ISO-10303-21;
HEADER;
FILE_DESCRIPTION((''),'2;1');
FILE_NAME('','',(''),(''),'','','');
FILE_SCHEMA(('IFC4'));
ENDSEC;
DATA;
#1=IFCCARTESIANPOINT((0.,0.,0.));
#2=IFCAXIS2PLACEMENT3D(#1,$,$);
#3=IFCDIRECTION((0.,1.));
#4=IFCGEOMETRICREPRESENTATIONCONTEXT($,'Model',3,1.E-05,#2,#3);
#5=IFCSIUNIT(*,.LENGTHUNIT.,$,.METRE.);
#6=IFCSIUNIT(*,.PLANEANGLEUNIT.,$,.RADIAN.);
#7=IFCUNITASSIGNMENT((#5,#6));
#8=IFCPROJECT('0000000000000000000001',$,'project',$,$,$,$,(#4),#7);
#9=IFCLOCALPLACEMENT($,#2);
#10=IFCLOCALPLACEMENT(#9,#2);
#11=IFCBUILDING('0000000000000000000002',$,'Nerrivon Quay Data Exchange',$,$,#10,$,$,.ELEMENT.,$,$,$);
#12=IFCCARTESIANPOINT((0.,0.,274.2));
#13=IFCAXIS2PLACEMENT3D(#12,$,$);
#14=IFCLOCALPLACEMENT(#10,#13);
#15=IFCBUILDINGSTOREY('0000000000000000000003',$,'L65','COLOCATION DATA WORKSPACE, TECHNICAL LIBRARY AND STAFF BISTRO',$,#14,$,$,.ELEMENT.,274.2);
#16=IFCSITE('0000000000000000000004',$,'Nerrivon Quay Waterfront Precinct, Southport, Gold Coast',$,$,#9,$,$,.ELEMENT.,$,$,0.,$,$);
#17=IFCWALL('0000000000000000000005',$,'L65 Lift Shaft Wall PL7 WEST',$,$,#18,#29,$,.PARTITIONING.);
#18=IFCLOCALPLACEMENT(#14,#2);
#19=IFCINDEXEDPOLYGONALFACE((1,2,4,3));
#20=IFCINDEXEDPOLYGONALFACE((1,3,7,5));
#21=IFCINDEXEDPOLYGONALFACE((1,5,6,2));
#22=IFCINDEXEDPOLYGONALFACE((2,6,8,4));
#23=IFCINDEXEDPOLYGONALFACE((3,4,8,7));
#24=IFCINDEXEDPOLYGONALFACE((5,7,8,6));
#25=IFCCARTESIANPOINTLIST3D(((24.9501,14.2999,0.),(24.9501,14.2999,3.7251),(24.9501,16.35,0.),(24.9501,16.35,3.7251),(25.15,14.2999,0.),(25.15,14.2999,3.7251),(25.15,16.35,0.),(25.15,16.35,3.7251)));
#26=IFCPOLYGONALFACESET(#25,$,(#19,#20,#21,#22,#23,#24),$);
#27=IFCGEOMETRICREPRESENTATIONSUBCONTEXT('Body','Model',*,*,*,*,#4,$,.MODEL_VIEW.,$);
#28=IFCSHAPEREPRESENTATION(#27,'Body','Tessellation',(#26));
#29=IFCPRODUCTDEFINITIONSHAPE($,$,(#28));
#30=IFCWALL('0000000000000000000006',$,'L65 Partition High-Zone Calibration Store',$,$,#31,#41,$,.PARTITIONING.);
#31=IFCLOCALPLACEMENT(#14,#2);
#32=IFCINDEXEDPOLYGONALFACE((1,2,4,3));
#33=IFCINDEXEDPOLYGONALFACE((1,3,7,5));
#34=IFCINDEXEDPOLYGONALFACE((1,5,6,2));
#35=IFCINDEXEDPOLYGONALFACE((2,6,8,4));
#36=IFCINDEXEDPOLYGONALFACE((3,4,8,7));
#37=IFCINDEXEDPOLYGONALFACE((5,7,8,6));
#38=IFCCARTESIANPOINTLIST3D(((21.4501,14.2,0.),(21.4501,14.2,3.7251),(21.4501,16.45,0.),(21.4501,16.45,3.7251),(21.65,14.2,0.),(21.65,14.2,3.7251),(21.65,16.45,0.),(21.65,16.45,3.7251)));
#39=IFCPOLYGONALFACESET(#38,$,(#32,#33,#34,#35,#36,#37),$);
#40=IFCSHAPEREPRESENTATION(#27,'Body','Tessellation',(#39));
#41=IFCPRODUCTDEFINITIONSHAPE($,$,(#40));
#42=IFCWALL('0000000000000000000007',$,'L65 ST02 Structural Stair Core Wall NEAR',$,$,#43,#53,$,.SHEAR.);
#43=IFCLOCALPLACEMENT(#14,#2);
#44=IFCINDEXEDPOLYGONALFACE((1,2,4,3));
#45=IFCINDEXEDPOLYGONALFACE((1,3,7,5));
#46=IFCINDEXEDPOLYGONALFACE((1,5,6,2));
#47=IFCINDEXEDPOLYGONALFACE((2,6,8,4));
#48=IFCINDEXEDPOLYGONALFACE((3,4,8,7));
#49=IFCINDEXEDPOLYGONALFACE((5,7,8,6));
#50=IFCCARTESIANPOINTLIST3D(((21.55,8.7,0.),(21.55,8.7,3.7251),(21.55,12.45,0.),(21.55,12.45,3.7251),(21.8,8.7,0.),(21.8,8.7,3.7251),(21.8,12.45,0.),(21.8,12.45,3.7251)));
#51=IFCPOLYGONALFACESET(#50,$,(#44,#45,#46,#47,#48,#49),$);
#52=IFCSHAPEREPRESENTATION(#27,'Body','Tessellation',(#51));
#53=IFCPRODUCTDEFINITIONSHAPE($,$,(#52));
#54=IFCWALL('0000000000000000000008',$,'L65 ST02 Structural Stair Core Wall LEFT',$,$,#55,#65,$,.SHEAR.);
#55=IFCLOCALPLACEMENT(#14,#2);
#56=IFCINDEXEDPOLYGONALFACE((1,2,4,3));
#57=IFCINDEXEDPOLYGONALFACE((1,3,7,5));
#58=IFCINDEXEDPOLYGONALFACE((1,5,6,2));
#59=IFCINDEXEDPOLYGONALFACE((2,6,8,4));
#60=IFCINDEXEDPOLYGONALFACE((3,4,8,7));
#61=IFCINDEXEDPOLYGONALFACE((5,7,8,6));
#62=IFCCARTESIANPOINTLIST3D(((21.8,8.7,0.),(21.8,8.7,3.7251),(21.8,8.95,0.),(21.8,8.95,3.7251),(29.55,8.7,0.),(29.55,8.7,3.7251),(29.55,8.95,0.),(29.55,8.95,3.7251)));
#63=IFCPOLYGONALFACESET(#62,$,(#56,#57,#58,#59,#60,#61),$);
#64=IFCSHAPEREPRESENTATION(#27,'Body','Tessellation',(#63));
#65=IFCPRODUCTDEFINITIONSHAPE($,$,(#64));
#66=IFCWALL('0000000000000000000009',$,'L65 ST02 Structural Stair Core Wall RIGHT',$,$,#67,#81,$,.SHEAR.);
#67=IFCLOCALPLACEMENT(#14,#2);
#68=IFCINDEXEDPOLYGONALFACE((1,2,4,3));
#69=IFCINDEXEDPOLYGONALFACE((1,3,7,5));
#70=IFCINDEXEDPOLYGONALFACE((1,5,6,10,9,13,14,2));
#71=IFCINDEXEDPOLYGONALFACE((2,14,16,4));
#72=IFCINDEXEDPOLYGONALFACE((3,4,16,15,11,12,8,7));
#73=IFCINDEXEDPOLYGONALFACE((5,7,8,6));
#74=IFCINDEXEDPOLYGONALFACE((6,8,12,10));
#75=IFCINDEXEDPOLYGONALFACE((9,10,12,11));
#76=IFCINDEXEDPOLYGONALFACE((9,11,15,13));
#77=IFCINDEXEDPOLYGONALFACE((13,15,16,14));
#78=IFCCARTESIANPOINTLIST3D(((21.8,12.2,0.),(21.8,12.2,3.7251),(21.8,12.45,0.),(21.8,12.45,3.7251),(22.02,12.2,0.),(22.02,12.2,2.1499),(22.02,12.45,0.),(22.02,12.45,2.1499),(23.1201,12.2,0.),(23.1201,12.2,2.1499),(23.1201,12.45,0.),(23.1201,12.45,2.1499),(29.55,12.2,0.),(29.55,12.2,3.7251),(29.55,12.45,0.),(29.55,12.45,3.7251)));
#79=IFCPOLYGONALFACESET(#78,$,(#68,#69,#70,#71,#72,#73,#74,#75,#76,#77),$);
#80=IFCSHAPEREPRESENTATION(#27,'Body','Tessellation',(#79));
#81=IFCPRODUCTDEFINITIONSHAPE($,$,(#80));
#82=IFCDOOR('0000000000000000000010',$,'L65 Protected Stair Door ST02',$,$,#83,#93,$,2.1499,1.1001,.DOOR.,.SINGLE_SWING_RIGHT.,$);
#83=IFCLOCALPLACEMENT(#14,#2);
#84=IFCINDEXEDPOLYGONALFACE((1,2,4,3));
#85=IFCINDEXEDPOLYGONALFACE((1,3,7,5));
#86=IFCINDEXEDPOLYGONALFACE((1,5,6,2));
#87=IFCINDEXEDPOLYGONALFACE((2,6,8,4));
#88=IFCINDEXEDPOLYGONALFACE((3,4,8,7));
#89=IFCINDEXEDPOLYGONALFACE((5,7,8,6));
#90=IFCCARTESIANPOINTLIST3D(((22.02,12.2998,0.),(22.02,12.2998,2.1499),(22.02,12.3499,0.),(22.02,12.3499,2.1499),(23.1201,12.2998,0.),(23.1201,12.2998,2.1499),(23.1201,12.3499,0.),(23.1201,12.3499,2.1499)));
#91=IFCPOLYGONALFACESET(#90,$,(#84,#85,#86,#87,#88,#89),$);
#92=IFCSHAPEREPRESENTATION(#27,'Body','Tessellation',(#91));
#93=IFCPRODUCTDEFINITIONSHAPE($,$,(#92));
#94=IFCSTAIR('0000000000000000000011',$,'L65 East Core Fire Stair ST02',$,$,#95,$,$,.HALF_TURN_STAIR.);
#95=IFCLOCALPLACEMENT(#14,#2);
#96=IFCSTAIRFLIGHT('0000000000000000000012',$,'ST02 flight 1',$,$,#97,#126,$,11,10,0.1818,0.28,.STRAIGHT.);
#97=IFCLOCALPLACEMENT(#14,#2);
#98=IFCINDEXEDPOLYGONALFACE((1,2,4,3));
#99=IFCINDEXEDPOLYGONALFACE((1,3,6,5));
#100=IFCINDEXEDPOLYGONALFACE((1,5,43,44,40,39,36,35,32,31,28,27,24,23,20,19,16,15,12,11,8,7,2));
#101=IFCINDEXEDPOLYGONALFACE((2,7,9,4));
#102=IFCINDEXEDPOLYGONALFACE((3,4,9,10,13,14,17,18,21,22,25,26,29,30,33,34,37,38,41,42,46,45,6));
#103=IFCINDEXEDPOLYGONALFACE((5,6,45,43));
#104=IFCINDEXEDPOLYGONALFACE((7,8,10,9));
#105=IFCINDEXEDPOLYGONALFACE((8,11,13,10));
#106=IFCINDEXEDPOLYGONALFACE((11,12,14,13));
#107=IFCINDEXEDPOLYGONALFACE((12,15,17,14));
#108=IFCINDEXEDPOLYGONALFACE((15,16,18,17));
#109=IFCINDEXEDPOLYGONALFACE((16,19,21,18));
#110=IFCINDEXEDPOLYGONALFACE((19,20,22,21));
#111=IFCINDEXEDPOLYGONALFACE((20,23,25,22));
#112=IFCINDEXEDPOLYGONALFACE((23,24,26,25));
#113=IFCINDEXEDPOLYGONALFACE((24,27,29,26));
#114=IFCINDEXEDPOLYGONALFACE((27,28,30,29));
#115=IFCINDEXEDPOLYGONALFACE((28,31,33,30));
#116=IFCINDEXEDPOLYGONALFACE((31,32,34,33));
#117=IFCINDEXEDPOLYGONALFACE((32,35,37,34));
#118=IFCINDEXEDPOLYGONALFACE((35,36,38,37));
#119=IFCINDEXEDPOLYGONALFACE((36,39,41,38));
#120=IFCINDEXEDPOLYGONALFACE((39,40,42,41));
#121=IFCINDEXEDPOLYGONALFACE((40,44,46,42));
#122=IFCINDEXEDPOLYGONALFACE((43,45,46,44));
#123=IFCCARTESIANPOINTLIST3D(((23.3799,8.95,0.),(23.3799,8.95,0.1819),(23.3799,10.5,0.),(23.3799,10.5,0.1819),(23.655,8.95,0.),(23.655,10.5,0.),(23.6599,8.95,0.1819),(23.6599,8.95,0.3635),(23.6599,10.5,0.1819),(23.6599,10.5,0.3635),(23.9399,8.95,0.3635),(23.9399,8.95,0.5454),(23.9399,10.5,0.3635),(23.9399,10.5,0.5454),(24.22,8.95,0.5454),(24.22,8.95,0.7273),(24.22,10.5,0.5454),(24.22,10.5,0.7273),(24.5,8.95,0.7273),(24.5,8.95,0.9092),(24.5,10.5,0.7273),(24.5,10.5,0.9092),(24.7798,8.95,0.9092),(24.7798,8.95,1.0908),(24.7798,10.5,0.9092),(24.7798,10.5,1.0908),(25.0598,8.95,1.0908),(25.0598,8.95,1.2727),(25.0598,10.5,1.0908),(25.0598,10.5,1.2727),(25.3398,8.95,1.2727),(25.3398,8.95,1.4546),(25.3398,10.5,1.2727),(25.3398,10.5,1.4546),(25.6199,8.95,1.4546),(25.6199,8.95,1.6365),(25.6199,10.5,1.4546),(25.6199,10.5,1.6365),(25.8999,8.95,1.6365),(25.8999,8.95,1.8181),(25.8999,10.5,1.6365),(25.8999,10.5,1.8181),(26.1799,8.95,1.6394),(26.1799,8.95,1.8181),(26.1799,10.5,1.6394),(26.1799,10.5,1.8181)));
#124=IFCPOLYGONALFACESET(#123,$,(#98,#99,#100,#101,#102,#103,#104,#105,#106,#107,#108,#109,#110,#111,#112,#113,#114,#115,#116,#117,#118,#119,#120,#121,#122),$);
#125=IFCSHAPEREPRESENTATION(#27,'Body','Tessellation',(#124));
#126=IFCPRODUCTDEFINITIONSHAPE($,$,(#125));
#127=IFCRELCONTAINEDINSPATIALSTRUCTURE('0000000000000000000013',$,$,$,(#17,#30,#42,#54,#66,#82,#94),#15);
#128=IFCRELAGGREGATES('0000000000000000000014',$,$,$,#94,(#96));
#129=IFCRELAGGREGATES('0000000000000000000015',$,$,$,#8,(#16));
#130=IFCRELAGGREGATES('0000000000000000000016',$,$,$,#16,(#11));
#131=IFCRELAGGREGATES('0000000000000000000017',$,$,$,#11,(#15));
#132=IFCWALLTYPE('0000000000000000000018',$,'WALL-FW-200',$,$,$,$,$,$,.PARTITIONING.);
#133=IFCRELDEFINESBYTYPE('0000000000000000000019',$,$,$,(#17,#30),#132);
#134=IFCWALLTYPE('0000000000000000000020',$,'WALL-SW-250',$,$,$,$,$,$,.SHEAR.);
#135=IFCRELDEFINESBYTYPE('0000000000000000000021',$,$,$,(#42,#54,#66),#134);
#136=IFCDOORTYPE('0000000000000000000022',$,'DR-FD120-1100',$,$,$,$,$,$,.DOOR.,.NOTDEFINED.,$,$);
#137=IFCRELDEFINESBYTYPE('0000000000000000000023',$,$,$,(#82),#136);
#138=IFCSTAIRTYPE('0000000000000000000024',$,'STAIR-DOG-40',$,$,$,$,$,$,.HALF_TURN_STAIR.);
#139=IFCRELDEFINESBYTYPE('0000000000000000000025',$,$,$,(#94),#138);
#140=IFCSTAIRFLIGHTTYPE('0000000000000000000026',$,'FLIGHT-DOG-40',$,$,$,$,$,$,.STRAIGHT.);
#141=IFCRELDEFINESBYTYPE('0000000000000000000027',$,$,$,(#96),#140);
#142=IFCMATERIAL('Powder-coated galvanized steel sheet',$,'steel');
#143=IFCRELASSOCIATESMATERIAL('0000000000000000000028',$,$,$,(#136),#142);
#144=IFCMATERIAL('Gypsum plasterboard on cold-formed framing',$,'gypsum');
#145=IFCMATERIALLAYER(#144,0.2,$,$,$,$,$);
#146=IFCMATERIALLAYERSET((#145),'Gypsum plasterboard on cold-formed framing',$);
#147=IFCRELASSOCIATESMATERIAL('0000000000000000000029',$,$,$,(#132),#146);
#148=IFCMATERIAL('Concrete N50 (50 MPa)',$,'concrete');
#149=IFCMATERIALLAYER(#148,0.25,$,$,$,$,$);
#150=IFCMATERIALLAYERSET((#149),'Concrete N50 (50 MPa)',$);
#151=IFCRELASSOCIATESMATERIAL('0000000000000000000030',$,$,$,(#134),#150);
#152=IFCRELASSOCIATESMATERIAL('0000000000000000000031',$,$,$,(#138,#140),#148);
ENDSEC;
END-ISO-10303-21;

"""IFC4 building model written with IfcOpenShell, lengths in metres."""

from ifc_helpers import new_model, si_unit, direction, frame, frame_2d, origin, place, context, subcontext, project, spatial, polyline, rectangle, outline, extrude, material, layer, layer_set, type_object, element, fill, aggregate, save


model = new_model("IFC4")

# Units and contexts
model_context = context("Model", 3, precision=1e-05, world=origin(), true_north=direction((0.0, 1.0)))
body_context = subcontext(model_context, "Body", "Model", "MODEL_VIEW")
ifc_project = project(units=[si_unit("LENGTHUNIT", "METRE"), si_unit("PLANEANGLEUNIT", "RADIAN")], contexts=[model_context])

# Site, building, storey
site_placement = place(None, origin())
site = spatial("IfcSite", under=ifc_project, at=site_placement, Name="Nerrivon Quay Waterfront Precinct, Southport, Gold Coast", CompositionType="ELEMENT", RefElevation=0.0)
building_placement = place(site_placement, origin())
building = spatial("IfcBuilding", under=site, at=building_placement, Name="Nerrivon Quay Data Exchange", CompositionType="ELEMENT")
storey_placement = place(building_placement, frame((0.0, 0.0, 274.2)))
storey = spatial("IfcBuildingStorey", under=building, at=storey_placement, Name="L65", Description="COLOCATION DATA WORKSPACE, TECHNICAL LIBRARY AND STAFF BISTRO", CompositionType="ELEMENT", Elevation=274.2)

# Shared definitions
ifc_material_1 = material(Name="Concrete N50 (50 MPa)", Category="concrete")

# Shared definitions
ifc_material_2 = material(Name="Powder-coated galvanized steel sheet", Category="steel")
door_type_1 = type_object("IfcDoorType", Name="DR-FD120-1100", OperationType="NOTDEFINED", PredefinedType="DOOR", material=ifc_material_2)

# Shared definitions
ifc_material_3 = material(Name="Gypsum plasterboard on cold-formed framing", Category="gypsum")
ifc_layer_1 = layer(ifc_material_3, 0.2)
ifc_layer_set_1 = layer_set([ifc_layer_1], Name="Gypsum plasterboard on cold-formed framing")
wall_type_1 = type_object("IfcWallType", Name="WALL-FW-200", PredefinedType="PARTITIONING", material=ifc_layer_set_1)

# Walls
wall_1_placement = place(storey_placement, frame((25.05, 14.3, 0.0), z_axis=(0.0, 0.0, 1.0), x_axis=(0.0, 1.0, 0.0)))
element("IfcWall", 1, at=wall_1_placement, inside=storey, type_object=wall_type_1, Name="L65 Lift Shaft Wall PL7 WEST", PredefinedType="PARTITIONING", context=body_context, shape_type="SweptSolid", body=[
    extrude(rectangle(XDim=2.05, YDim=0.2, at=frame_2d((1.0249, 0.0))), origin(), (0.0, 0.0, 1.0), 3.7251),
])
wall_2_placement = place(storey_placement, frame((21.55, 14.2, 0.0), z_axis=(0.0, 0.0, 1.0), x_axis=(0.0, 1.0, 0.0)))
element("IfcWall", 2, at=wall_2_placement, inside=storey, type_object=wall_type_1, Name="L65 Partition High-Zone Calibration Store", PredefinedType="PARTITIONING", context=body_context, shape_type="SweptSolid", body=[
    extrude(rectangle(XDim=2.25, YDim=0.2, at=frame_2d((1.125, 0.0))), origin(), (0.0, 0.0, 1.0), 3.7251),
])

# Walls
ifc_layer_2 = layer(ifc_material_1, 0.25)
ifc_layer_set_2 = layer_set([ifc_layer_2], Name="Concrete N50 (50 MPa)")
wall_type_2 = type_object("IfcWallType", Name="WALL-SW-250", PredefinedType="SHEAR", material=ifc_layer_set_2)
wall_3_placement = place(storey_placement, frame((21.675, 8.7, 0.0), z_axis=(0.0, 0.0, 1.0), x_axis=(0.0, 1.0, 0.0)))
element("IfcWall", 3, at=wall_3_placement, inside=storey, type_object=wall_type_2, Name="L65 ST02 Structural Stair Core Wall NEAR", PredefinedType="SHEAR", context=body_context, shape_type="SweptSolid", body=[
    extrude(rectangle(XDim=3.75, YDim=0.25, at=frame_2d((1.875, 0.0))), origin(), (0.0, 0.0, 1.0), 3.7251),
])
wall_4_placement = place(storey_placement, frame((21.8, 8.825, 0.0), z_axis=(0.0, 0.0, 1.0), x_axis=(1.0, 0.0, 0.0)))
element("IfcWall", 4, at=wall_4_placement, inside=storey, type_object=wall_type_2, Name="L65 ST02 Structural Stair Core Wall LEFT", PredefinedType="SHEAR", context=body_context, shape_type="SweptSolid", body=[
    extrude(rectangle(XDim=7.75, YDim=0.25, at=frame_2d((3.875, 0.0))), origin(), (0.0, 0.0, 1.0), 3.7251),
])

# Wall, opening, door
wall_5_placement = place(storey_placement, frame((21.8, 12.325, 0.0), z_axis=(0.0, 0.0, 1.0), x_axis=(1.0, 0.0, 0.0)))
wall_5 = element("IfcWall", 5, at=wall_5_placement, inside=storey, type_object=wall_type_2, Name="L65 ST02 Structural Stair Core Wall RIGHT", PredefinedType="SHEAR", context=body_context, shape_type="SweptSolid", body=[
    extrude(rectangle(XDim=7.75, YDim=0.25, at=frame_2d((3.875, 0.0))), origin(), (0.0, 0.0, 1.0), 3.7251),
])
opening_1_placement = place(wall_5_placement, frame((0.22, 0.0, 0.0)))
opening_1 = element("IfcOpeningElement", 6, at=opening_1_placement, cuts=wall_5, PredefinedType="OPENING", context=body_context, shape_type="SweptSolid", body=[
    extrude(rectangle(XDim=1.1001, YDim=2.1499, at=frame_2d((0.55, 1.075))), frame((0.0, 0.135, 0.0), z_axis=(0.0, -1.0, 0.0), x_axis=(1.0, 0.0, 0.0)), (0.0, 0.0, 1.0), 0.27),
])
door_1_placement = place(opening_1_placement, origin())
door_1 = element("IfcDoor", 7, at=door_1_placement, inside=storey, type_object=door_type_1, Name="L65 Protected Stair Door ST02", OperationType="SINGLE_SWING_RIGHT", OverallHeight=2.1499, OverallWidth=1.1001, PredefinedType="DOOR", context=body_context, shape_type="SweptSolid", body=[
    extrude(rectangle(XDim=1.1001, YDim=2.1499, at=frame_2d((0.55, 1.075))), frame((0.0, 0.0249, 0.0), z_axis=(0.0, -1.0, 0.0), x_axis=(1.0, 0.0, 0.0)), (0.0, 0.0, 1.0), 0.05),
])
fill(opening_1, door_1)

# Stair, stair flight
stair_type = type_object("IfcStairType", Name="STAIR-DOG-40", PredefinedType="HALF_TURN_STAIR", material=ifc_material_1)
stair_placement = place(storey_placement, origin())
stair = element("IfcStair", 8, at=stair_placement, inside=storey, type_object=stair_type, Name="L65 East Core Fire Stair ST02", PredefinedType="HALF_TURN_STAIR")
stair_flight_type = type_object("IfcStairFlightType", Name="FLIGHT-DOG-40", PredefinedType="STRAIGHT", material=ifc_material_1)
stair_flight_placement = place(storey_placement, frame((23.3799, 9.7251, 0.0), z_axis=(0.0, 0.0, 1.0), x_axis=(1.0, 0.0, 0.0)))
stair_flight = element("IfcStairFlight", 9, at=stair_flight_placement, type_object=stair_flight_type, Name="ST02 flight 1", NumberOfRisers=11, NumberOfTreads=10, PredefinedType="STRAIGHT", RiserHeight=0.1818, TreadLength=0.28, context=body_context, shape_type="SweptSolid", body=[
    extrude(outline(polyline([(0.0, 0.0), (0.0, 0.1819), (0.28, 0.1819), (0.28, 0.3635), (0.5601, 0.3635), (0.5601, 0.5454), (0.8401, 0.5454), (0.8401, 0.7273), (1.1201, 0.7273), (1.1201, 0.9092), (1.3999, 0.9092), (1.3999, 1.0908), (1.6799, 1.0908), (1.6799, 1.2727), (1.96, 1.2727), (1.96, 1.4546), (2.24, 1.4546), (2.24, 1.6365), (2.52, 1.6365), (2.52, 1.8181), (2.8, 1.8181), (2.8, 2.0), (2.8, 1.6394), (0.2751, 0.0), (0.0, 0.0)])), frame((0.0, 0.7749, 0.0), z_axis=(0.0, -1.0, 0.0), x_axis=(1.0, 0.0, 0.0)), (0.0, 0.0, 1.0), 1.55),
])
aggregate(stair, [stair_flight])

save(model, "model.ifc")
